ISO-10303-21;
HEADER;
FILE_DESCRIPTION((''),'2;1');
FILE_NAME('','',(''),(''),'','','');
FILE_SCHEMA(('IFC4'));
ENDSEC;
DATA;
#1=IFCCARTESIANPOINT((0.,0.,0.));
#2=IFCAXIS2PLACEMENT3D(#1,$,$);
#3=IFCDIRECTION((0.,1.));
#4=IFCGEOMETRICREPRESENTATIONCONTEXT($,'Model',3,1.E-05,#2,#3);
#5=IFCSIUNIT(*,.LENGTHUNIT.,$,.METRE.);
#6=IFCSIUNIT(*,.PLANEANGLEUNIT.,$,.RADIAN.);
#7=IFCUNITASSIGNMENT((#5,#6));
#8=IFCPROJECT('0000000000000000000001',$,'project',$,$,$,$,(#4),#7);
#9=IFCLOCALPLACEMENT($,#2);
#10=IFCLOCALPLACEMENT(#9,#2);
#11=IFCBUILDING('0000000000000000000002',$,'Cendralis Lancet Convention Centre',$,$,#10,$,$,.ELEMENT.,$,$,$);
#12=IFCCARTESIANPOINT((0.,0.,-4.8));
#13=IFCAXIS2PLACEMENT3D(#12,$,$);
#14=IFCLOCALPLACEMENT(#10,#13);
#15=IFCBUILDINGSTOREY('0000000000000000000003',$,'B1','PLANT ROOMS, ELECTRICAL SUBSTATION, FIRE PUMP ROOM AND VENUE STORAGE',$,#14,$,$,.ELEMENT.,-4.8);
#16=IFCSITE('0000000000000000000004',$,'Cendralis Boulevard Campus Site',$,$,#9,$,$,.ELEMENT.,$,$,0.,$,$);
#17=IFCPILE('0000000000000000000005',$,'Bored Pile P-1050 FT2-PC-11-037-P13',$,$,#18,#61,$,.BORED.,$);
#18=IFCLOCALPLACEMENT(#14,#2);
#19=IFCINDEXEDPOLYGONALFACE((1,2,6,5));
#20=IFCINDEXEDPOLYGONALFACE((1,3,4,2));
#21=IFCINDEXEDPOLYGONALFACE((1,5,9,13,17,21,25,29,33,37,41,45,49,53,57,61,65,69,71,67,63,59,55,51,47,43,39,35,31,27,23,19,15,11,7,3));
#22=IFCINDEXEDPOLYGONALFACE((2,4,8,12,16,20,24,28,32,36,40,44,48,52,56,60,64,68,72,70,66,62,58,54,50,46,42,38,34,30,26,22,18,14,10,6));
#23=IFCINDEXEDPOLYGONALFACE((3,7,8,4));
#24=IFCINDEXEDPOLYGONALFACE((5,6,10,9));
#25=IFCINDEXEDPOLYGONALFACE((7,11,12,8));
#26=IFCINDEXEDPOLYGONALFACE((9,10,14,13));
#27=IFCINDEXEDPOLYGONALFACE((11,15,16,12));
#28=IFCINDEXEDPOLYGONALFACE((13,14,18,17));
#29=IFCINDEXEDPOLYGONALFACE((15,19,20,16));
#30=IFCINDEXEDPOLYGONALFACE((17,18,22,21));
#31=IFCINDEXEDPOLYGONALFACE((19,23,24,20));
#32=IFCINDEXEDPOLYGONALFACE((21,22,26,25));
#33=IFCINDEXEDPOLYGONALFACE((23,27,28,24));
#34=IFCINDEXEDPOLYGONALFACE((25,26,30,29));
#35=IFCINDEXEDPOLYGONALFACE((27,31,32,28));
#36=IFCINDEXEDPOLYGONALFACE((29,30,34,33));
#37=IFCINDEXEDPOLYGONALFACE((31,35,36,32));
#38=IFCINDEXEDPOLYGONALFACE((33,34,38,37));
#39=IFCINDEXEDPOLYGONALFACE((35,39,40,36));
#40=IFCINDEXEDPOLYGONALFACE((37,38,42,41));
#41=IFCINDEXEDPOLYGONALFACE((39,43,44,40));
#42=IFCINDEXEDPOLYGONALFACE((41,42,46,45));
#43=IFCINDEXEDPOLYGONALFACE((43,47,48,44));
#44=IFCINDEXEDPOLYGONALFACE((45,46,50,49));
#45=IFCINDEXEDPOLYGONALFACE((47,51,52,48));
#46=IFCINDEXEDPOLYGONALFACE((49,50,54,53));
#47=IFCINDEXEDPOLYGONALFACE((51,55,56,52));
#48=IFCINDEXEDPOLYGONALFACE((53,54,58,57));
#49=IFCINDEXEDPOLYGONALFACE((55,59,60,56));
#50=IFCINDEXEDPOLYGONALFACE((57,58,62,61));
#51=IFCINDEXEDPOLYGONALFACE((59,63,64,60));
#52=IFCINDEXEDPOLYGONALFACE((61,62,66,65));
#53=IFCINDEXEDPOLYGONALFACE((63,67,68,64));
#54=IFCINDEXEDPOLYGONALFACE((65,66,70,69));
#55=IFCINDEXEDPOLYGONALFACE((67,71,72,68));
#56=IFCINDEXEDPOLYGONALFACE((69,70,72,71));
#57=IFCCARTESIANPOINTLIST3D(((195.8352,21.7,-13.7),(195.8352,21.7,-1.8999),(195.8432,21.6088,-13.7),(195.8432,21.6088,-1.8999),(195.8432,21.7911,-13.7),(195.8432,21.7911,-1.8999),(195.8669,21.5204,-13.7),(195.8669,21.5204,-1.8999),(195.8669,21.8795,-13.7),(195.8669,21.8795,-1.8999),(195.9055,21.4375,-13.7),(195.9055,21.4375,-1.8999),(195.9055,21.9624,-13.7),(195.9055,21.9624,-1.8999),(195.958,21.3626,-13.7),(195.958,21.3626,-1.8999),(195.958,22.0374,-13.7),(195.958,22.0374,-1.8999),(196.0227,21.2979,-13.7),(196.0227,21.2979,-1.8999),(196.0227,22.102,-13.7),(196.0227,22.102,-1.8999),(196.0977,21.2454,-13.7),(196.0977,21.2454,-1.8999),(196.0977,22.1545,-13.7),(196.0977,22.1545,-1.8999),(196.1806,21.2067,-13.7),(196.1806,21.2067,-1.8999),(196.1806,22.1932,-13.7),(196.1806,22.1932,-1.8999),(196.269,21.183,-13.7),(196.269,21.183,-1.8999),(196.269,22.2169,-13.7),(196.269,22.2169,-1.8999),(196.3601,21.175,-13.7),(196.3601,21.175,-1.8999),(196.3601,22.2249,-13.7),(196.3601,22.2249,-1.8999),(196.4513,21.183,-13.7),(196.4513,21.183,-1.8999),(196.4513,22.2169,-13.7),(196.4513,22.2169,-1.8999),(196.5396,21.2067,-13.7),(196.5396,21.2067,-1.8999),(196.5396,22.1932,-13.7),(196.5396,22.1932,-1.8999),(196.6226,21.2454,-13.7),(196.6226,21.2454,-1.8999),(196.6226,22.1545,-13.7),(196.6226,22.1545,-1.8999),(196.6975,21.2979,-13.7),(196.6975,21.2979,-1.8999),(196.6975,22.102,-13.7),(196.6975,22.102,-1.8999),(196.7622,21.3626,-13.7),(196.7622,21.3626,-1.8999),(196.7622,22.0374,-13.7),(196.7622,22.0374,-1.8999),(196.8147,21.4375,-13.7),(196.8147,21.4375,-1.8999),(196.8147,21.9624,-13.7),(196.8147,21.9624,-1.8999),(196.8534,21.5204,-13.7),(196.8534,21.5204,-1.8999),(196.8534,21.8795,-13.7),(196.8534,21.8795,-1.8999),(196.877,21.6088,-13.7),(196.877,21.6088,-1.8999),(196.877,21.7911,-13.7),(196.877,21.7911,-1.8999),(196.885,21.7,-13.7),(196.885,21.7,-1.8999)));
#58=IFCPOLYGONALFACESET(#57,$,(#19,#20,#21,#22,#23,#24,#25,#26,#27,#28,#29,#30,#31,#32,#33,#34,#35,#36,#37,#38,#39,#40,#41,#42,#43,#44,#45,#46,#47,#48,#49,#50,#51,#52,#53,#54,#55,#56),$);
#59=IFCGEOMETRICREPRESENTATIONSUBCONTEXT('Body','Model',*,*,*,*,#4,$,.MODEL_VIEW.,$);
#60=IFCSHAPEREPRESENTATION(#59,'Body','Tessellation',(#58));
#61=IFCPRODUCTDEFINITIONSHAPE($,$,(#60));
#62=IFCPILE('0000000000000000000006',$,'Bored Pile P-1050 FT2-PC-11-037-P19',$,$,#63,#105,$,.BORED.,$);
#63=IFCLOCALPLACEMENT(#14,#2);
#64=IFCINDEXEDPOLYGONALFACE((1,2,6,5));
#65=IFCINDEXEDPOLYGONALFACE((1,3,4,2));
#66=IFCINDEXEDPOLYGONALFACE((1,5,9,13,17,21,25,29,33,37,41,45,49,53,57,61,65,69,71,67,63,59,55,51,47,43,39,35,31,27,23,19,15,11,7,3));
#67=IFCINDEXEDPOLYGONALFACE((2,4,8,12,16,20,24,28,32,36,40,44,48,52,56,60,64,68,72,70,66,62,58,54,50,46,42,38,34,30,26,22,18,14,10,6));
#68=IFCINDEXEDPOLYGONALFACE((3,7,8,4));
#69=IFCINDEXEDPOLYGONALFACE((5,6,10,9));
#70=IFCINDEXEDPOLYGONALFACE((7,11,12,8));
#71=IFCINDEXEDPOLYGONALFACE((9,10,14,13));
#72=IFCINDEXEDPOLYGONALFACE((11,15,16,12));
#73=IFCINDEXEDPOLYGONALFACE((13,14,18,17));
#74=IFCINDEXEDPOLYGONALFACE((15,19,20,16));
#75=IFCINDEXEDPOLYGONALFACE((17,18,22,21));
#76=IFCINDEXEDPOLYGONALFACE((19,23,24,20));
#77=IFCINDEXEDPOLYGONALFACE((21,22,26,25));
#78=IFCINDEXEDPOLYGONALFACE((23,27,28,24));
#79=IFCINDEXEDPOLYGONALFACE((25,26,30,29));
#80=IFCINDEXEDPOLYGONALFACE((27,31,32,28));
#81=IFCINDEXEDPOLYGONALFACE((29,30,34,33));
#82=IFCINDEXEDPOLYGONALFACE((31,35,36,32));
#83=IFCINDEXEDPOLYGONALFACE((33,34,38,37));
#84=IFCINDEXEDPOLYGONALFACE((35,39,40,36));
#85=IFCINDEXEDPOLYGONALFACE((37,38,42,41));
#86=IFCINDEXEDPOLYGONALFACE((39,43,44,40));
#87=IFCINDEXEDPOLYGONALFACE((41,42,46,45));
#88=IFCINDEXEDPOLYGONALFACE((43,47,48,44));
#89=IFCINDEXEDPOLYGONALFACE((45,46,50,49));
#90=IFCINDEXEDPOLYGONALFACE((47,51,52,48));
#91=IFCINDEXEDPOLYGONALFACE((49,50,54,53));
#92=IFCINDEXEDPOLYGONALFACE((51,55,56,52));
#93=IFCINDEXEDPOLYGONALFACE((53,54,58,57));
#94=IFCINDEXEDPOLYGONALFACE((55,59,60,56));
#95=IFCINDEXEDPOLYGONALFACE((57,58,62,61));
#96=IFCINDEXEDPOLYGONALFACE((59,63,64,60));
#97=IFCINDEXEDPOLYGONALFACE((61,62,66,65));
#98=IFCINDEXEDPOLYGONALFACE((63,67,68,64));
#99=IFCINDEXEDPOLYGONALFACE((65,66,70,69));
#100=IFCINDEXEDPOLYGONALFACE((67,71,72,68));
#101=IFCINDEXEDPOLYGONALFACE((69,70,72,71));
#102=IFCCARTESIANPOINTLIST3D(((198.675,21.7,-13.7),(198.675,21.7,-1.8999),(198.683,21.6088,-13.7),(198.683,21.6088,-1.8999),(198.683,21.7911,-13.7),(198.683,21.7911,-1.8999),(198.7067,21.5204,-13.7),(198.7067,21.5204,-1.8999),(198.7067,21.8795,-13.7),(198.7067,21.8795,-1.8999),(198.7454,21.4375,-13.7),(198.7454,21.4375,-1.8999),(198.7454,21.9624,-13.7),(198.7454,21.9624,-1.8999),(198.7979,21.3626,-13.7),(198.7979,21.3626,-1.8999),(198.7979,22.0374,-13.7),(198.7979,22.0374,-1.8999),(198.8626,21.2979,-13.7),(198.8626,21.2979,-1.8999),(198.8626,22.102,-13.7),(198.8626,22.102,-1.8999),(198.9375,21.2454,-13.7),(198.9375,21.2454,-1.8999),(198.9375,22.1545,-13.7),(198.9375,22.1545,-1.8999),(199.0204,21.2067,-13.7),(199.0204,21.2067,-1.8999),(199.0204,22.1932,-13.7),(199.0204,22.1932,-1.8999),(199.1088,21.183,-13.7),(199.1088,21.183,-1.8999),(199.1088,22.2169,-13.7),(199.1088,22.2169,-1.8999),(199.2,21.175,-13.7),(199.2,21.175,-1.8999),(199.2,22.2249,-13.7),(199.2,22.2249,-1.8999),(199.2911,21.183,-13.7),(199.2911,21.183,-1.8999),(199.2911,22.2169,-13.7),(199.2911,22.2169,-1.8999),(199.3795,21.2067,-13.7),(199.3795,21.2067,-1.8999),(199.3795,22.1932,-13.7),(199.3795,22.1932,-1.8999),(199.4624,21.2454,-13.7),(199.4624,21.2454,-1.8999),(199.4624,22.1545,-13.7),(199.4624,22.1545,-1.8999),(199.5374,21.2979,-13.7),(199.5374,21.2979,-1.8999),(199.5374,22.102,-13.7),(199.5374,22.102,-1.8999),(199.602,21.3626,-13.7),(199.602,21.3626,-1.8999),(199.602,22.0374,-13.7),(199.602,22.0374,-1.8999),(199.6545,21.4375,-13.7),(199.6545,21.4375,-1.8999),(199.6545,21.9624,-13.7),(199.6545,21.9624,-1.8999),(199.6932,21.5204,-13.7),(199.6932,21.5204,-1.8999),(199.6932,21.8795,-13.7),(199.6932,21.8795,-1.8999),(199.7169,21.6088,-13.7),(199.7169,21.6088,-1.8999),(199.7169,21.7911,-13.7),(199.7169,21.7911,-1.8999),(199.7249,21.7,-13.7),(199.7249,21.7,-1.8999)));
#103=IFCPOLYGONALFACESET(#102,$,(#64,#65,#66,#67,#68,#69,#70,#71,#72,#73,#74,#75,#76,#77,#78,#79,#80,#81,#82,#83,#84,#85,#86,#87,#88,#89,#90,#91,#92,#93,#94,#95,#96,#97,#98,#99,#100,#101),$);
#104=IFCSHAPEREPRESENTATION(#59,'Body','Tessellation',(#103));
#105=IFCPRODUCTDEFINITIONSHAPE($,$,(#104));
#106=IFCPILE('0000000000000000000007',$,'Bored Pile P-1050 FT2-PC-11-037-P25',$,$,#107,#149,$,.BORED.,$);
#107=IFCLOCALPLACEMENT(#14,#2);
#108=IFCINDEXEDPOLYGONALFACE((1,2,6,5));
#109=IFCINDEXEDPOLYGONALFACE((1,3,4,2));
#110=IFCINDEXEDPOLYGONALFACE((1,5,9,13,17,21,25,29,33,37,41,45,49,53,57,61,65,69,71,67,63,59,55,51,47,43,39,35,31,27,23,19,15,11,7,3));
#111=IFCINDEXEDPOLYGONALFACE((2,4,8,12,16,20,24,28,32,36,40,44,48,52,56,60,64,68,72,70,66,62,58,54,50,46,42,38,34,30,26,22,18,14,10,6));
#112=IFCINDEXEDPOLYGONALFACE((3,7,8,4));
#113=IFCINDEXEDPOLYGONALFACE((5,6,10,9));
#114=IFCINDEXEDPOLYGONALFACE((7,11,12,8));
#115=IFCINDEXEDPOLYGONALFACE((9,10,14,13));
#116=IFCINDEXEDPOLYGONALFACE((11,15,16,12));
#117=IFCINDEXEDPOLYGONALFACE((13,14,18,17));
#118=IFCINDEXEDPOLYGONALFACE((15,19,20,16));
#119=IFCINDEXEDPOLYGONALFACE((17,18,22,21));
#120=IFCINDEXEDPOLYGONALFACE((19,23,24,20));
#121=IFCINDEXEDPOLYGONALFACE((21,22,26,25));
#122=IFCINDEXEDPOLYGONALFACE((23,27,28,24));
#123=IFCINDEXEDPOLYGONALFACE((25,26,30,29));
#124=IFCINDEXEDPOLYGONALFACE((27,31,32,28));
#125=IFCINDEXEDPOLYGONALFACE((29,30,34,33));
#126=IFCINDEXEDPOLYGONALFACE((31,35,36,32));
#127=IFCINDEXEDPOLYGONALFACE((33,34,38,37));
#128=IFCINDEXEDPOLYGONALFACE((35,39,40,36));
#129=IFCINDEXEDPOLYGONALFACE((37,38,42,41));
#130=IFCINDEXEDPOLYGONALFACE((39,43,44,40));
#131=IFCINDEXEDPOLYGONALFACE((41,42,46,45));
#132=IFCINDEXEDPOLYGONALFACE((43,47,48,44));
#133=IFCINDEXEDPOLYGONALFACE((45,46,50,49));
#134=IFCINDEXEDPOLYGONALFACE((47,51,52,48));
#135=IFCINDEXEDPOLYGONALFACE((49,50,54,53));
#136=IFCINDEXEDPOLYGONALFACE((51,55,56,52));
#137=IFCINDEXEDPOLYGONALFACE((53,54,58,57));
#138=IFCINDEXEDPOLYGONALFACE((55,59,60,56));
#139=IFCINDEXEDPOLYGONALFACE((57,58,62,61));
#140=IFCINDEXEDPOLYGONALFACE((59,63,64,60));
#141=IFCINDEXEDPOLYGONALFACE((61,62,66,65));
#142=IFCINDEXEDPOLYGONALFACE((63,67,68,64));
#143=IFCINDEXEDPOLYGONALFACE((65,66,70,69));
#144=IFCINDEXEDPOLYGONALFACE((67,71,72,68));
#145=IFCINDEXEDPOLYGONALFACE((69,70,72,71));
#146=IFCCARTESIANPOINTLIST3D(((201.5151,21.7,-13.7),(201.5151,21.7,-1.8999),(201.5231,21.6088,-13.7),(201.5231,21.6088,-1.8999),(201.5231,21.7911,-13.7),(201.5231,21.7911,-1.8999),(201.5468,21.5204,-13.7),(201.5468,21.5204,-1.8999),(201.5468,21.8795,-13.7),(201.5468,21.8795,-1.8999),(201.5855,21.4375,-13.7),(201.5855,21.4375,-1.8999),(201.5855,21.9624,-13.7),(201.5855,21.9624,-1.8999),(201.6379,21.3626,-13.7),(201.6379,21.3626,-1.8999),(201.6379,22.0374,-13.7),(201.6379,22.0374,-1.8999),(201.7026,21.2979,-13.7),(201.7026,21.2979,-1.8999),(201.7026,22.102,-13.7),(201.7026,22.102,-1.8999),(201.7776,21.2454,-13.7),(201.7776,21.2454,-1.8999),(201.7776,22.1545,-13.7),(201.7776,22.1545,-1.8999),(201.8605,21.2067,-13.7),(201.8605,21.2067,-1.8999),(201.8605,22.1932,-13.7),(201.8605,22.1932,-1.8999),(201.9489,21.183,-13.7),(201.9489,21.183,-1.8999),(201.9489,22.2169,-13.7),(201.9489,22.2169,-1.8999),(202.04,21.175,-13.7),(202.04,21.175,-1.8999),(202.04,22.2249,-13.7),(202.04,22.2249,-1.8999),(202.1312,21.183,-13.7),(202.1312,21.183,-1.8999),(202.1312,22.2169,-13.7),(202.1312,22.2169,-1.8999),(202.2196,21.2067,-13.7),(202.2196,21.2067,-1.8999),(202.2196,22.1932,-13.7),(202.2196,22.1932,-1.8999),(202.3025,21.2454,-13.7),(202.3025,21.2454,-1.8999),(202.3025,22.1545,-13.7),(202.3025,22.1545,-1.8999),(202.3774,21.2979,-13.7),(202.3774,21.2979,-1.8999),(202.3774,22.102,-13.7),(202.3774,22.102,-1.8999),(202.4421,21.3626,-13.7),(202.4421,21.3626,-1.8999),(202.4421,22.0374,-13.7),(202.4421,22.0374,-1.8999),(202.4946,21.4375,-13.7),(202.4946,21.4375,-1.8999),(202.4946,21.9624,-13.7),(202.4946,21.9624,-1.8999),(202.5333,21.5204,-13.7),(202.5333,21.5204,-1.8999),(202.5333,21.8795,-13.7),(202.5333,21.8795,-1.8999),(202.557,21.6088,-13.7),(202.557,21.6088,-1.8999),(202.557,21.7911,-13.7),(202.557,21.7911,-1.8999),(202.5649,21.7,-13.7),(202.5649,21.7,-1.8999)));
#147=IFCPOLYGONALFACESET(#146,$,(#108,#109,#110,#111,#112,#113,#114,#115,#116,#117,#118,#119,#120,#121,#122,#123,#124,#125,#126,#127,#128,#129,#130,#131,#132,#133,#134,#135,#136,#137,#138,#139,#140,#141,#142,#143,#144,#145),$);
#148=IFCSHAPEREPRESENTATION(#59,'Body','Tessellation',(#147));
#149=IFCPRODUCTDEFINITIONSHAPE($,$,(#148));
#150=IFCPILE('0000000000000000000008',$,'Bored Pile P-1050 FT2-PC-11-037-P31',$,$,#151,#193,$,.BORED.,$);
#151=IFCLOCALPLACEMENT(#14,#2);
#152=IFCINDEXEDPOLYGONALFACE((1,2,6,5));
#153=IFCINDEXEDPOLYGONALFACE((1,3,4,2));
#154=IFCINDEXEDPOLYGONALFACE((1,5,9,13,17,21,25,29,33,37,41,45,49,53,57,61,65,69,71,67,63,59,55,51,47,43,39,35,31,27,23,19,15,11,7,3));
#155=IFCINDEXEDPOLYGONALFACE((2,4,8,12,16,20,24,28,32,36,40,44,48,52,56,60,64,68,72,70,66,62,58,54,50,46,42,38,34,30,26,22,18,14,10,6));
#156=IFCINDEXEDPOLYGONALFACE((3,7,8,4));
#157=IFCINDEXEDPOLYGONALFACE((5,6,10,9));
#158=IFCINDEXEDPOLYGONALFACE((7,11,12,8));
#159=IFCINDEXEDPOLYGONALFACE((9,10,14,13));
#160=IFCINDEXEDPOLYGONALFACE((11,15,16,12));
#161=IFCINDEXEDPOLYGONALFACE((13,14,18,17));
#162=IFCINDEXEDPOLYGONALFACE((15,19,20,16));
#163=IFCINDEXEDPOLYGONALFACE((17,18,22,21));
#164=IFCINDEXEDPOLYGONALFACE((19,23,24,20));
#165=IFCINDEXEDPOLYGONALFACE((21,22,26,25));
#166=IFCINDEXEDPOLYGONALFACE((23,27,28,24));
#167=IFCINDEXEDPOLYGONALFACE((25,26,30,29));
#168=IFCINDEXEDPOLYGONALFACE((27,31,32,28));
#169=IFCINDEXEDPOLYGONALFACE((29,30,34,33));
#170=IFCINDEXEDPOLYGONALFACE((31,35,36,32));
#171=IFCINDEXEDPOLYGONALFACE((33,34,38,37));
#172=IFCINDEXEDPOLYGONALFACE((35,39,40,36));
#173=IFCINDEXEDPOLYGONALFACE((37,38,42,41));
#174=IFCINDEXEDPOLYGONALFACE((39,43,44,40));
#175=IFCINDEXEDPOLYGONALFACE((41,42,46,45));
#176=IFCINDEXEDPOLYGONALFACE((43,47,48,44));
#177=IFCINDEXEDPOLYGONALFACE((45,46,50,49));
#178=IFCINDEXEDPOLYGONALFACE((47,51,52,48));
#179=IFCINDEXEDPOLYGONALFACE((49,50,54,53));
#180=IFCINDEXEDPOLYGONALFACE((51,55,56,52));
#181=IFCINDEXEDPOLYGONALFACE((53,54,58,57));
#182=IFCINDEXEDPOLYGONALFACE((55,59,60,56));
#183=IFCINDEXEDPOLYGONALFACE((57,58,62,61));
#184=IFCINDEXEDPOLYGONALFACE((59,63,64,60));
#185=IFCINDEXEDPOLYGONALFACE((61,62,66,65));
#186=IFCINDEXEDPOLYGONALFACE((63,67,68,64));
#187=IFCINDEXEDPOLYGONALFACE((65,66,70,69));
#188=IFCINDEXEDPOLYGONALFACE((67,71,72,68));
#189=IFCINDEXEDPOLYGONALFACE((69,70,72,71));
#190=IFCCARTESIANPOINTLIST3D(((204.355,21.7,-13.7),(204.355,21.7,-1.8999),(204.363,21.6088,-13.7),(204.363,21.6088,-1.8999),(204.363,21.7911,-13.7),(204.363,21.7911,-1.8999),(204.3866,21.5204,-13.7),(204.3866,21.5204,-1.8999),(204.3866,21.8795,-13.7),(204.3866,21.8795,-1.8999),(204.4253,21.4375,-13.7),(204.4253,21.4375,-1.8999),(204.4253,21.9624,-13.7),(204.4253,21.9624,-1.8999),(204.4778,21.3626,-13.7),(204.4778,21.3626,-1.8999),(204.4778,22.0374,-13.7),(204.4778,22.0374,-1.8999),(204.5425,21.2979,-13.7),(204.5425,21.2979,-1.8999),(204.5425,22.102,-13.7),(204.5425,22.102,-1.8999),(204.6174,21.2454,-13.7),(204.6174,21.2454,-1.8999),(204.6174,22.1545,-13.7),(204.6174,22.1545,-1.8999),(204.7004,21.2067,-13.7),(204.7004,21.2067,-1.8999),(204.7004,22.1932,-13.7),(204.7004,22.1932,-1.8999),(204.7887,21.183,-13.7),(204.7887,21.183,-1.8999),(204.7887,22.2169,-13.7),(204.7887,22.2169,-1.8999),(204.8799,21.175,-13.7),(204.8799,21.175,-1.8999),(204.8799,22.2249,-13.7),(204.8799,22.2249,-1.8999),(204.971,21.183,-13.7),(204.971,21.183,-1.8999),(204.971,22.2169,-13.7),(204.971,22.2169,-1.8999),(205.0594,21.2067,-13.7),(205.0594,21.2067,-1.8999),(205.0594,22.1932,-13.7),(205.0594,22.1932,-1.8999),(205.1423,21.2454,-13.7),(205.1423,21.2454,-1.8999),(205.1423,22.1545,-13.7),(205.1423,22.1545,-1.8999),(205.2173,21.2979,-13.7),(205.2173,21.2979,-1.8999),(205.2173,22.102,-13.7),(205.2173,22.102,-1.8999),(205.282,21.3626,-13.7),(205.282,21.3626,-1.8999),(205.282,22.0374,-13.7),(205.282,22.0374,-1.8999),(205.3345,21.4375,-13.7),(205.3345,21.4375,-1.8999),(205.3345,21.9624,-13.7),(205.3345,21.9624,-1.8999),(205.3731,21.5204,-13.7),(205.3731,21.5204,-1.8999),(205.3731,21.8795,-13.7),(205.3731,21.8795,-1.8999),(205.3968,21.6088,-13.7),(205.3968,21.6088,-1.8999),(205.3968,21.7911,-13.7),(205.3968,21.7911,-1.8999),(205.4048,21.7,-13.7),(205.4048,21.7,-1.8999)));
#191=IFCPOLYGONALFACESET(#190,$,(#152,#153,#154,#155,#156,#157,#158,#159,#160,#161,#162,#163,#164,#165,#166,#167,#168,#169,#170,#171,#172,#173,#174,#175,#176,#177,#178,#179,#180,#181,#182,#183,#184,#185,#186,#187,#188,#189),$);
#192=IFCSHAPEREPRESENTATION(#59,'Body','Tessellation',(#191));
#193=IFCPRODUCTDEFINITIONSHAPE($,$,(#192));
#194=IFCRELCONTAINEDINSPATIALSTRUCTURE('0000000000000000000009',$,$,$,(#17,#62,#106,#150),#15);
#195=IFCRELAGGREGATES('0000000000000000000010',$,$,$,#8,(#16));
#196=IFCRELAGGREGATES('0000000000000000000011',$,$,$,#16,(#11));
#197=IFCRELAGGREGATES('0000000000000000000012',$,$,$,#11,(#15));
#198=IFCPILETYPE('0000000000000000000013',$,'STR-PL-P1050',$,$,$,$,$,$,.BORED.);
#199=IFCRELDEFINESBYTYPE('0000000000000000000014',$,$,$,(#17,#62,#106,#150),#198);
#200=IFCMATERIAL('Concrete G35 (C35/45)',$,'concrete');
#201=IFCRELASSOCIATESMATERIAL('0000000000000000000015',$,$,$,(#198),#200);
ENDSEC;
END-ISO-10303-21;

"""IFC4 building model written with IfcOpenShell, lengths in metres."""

from ifc_helpers import new_model, si_unit, direction, frame, origin, origin_2d, place, context, subcontext, project, spatial, circle, extrude, material, material_profile, profile_set, type_object, element, save


model = new_model("IFC4")

# Units and contexts
model_context = context("Model", 3, precision=1e-05, world=origin(), true_north=direction((0.0, 1.0)))
body_context = subcontext(model_context, "Body", "Model", "MODEL_VIEW")
ifc_project = project(units=[si_unit("LENGTHUNIT", "METRE"), si_unit("PLANEANGLEUNIT", "RADIAN")], contexts=[model_context])

# Site, building, storey
site_placement = place(None, origin())
site = spatial("IfcSite", under=ifc_project, at=site_placement, Name="Cendralis Boulevard Campus Site", CompositionType="ELEMENT", RefElevation=0.0)
building_placement = place(site_placement, origin())
building = spatial("IfcBuilding", under=site, at=building_placement, Name="Cendralis Lancet Convention Centre", CompositionType="ELEMENT")
storey_placement = place(building_placement, frame((0.0, 0.0, -4.8)))
storey = spatial("IfcBuildingStorey", under=building, at=storey_placement, Name="B1", Description="PLANT ROOMS, ELECTRICAL SUBSTATION, FIRE PUMP ROOM AND VENUE STORAGE", CompositionType="ELEMENT", Elevation=-4.8)

# Shared definitions
ifc_material_1 = material(Name="Concrete G35 (C35/45)", Category="concrete")

# Piles
ifc_material_profile_1 = material_profile(ifc_material_1, circle(Radius=0.5249, at=origin_2d()), Name="BORED PILE D1050")
ifc_profile_set_1 = profile_set([ifc_material_profile_1], Name="Concrete G35 (C35/45)")
pile_type = type_object("IfcPileType", Name="STR-PL-P1050", PredefinedType="BORED", material=ifc_profile_set_1)
for number, where, z_axis, x_axis, name in (
    (1, (196.3601, 21.7, -1.8999), (0.0, 0.0, -1.0), (1.0, 0.0, 0.0), "Bored Pile P-1050 FT2-PC-11-037-P13"),
    (2, (199.2, 21.7, -1.8999), (0.0, 0.0, -1.0), (1.0, 0.0, 0.0), "Bored Pile P-1050 FT2-PC-11-037-P19"),
    (3, (202.04, 21.7, -1.8999), (0.0, 0.0, -1.0), (1.0, 0.0, 0.0), "Bored Pile P-1050 FT2-PC-11-037-P25"),
    (4, (204.8799, 21.7, -1.8999), (0.0, 0.0, -1.0), (1.0, 0.0, 0.0), "Bored Pile P-1050 FT2-PC-11-037-P31"),
):
    element("IfcPile", number, at=place(storey_placement, frame(where, z_axis=z_axis, x_axis=x_axis)), inside=storey, type_object=pile_type, Name=name, PredefinedType="BORED", context=body_context, shape_type="SweptSolid", body=[
        extrude(circle(Radius=0.5249, at=origin_2d()), origin(), (0.0, 0.0, 1.0), 11.8),
    ])

save(model, "model.ifc")
